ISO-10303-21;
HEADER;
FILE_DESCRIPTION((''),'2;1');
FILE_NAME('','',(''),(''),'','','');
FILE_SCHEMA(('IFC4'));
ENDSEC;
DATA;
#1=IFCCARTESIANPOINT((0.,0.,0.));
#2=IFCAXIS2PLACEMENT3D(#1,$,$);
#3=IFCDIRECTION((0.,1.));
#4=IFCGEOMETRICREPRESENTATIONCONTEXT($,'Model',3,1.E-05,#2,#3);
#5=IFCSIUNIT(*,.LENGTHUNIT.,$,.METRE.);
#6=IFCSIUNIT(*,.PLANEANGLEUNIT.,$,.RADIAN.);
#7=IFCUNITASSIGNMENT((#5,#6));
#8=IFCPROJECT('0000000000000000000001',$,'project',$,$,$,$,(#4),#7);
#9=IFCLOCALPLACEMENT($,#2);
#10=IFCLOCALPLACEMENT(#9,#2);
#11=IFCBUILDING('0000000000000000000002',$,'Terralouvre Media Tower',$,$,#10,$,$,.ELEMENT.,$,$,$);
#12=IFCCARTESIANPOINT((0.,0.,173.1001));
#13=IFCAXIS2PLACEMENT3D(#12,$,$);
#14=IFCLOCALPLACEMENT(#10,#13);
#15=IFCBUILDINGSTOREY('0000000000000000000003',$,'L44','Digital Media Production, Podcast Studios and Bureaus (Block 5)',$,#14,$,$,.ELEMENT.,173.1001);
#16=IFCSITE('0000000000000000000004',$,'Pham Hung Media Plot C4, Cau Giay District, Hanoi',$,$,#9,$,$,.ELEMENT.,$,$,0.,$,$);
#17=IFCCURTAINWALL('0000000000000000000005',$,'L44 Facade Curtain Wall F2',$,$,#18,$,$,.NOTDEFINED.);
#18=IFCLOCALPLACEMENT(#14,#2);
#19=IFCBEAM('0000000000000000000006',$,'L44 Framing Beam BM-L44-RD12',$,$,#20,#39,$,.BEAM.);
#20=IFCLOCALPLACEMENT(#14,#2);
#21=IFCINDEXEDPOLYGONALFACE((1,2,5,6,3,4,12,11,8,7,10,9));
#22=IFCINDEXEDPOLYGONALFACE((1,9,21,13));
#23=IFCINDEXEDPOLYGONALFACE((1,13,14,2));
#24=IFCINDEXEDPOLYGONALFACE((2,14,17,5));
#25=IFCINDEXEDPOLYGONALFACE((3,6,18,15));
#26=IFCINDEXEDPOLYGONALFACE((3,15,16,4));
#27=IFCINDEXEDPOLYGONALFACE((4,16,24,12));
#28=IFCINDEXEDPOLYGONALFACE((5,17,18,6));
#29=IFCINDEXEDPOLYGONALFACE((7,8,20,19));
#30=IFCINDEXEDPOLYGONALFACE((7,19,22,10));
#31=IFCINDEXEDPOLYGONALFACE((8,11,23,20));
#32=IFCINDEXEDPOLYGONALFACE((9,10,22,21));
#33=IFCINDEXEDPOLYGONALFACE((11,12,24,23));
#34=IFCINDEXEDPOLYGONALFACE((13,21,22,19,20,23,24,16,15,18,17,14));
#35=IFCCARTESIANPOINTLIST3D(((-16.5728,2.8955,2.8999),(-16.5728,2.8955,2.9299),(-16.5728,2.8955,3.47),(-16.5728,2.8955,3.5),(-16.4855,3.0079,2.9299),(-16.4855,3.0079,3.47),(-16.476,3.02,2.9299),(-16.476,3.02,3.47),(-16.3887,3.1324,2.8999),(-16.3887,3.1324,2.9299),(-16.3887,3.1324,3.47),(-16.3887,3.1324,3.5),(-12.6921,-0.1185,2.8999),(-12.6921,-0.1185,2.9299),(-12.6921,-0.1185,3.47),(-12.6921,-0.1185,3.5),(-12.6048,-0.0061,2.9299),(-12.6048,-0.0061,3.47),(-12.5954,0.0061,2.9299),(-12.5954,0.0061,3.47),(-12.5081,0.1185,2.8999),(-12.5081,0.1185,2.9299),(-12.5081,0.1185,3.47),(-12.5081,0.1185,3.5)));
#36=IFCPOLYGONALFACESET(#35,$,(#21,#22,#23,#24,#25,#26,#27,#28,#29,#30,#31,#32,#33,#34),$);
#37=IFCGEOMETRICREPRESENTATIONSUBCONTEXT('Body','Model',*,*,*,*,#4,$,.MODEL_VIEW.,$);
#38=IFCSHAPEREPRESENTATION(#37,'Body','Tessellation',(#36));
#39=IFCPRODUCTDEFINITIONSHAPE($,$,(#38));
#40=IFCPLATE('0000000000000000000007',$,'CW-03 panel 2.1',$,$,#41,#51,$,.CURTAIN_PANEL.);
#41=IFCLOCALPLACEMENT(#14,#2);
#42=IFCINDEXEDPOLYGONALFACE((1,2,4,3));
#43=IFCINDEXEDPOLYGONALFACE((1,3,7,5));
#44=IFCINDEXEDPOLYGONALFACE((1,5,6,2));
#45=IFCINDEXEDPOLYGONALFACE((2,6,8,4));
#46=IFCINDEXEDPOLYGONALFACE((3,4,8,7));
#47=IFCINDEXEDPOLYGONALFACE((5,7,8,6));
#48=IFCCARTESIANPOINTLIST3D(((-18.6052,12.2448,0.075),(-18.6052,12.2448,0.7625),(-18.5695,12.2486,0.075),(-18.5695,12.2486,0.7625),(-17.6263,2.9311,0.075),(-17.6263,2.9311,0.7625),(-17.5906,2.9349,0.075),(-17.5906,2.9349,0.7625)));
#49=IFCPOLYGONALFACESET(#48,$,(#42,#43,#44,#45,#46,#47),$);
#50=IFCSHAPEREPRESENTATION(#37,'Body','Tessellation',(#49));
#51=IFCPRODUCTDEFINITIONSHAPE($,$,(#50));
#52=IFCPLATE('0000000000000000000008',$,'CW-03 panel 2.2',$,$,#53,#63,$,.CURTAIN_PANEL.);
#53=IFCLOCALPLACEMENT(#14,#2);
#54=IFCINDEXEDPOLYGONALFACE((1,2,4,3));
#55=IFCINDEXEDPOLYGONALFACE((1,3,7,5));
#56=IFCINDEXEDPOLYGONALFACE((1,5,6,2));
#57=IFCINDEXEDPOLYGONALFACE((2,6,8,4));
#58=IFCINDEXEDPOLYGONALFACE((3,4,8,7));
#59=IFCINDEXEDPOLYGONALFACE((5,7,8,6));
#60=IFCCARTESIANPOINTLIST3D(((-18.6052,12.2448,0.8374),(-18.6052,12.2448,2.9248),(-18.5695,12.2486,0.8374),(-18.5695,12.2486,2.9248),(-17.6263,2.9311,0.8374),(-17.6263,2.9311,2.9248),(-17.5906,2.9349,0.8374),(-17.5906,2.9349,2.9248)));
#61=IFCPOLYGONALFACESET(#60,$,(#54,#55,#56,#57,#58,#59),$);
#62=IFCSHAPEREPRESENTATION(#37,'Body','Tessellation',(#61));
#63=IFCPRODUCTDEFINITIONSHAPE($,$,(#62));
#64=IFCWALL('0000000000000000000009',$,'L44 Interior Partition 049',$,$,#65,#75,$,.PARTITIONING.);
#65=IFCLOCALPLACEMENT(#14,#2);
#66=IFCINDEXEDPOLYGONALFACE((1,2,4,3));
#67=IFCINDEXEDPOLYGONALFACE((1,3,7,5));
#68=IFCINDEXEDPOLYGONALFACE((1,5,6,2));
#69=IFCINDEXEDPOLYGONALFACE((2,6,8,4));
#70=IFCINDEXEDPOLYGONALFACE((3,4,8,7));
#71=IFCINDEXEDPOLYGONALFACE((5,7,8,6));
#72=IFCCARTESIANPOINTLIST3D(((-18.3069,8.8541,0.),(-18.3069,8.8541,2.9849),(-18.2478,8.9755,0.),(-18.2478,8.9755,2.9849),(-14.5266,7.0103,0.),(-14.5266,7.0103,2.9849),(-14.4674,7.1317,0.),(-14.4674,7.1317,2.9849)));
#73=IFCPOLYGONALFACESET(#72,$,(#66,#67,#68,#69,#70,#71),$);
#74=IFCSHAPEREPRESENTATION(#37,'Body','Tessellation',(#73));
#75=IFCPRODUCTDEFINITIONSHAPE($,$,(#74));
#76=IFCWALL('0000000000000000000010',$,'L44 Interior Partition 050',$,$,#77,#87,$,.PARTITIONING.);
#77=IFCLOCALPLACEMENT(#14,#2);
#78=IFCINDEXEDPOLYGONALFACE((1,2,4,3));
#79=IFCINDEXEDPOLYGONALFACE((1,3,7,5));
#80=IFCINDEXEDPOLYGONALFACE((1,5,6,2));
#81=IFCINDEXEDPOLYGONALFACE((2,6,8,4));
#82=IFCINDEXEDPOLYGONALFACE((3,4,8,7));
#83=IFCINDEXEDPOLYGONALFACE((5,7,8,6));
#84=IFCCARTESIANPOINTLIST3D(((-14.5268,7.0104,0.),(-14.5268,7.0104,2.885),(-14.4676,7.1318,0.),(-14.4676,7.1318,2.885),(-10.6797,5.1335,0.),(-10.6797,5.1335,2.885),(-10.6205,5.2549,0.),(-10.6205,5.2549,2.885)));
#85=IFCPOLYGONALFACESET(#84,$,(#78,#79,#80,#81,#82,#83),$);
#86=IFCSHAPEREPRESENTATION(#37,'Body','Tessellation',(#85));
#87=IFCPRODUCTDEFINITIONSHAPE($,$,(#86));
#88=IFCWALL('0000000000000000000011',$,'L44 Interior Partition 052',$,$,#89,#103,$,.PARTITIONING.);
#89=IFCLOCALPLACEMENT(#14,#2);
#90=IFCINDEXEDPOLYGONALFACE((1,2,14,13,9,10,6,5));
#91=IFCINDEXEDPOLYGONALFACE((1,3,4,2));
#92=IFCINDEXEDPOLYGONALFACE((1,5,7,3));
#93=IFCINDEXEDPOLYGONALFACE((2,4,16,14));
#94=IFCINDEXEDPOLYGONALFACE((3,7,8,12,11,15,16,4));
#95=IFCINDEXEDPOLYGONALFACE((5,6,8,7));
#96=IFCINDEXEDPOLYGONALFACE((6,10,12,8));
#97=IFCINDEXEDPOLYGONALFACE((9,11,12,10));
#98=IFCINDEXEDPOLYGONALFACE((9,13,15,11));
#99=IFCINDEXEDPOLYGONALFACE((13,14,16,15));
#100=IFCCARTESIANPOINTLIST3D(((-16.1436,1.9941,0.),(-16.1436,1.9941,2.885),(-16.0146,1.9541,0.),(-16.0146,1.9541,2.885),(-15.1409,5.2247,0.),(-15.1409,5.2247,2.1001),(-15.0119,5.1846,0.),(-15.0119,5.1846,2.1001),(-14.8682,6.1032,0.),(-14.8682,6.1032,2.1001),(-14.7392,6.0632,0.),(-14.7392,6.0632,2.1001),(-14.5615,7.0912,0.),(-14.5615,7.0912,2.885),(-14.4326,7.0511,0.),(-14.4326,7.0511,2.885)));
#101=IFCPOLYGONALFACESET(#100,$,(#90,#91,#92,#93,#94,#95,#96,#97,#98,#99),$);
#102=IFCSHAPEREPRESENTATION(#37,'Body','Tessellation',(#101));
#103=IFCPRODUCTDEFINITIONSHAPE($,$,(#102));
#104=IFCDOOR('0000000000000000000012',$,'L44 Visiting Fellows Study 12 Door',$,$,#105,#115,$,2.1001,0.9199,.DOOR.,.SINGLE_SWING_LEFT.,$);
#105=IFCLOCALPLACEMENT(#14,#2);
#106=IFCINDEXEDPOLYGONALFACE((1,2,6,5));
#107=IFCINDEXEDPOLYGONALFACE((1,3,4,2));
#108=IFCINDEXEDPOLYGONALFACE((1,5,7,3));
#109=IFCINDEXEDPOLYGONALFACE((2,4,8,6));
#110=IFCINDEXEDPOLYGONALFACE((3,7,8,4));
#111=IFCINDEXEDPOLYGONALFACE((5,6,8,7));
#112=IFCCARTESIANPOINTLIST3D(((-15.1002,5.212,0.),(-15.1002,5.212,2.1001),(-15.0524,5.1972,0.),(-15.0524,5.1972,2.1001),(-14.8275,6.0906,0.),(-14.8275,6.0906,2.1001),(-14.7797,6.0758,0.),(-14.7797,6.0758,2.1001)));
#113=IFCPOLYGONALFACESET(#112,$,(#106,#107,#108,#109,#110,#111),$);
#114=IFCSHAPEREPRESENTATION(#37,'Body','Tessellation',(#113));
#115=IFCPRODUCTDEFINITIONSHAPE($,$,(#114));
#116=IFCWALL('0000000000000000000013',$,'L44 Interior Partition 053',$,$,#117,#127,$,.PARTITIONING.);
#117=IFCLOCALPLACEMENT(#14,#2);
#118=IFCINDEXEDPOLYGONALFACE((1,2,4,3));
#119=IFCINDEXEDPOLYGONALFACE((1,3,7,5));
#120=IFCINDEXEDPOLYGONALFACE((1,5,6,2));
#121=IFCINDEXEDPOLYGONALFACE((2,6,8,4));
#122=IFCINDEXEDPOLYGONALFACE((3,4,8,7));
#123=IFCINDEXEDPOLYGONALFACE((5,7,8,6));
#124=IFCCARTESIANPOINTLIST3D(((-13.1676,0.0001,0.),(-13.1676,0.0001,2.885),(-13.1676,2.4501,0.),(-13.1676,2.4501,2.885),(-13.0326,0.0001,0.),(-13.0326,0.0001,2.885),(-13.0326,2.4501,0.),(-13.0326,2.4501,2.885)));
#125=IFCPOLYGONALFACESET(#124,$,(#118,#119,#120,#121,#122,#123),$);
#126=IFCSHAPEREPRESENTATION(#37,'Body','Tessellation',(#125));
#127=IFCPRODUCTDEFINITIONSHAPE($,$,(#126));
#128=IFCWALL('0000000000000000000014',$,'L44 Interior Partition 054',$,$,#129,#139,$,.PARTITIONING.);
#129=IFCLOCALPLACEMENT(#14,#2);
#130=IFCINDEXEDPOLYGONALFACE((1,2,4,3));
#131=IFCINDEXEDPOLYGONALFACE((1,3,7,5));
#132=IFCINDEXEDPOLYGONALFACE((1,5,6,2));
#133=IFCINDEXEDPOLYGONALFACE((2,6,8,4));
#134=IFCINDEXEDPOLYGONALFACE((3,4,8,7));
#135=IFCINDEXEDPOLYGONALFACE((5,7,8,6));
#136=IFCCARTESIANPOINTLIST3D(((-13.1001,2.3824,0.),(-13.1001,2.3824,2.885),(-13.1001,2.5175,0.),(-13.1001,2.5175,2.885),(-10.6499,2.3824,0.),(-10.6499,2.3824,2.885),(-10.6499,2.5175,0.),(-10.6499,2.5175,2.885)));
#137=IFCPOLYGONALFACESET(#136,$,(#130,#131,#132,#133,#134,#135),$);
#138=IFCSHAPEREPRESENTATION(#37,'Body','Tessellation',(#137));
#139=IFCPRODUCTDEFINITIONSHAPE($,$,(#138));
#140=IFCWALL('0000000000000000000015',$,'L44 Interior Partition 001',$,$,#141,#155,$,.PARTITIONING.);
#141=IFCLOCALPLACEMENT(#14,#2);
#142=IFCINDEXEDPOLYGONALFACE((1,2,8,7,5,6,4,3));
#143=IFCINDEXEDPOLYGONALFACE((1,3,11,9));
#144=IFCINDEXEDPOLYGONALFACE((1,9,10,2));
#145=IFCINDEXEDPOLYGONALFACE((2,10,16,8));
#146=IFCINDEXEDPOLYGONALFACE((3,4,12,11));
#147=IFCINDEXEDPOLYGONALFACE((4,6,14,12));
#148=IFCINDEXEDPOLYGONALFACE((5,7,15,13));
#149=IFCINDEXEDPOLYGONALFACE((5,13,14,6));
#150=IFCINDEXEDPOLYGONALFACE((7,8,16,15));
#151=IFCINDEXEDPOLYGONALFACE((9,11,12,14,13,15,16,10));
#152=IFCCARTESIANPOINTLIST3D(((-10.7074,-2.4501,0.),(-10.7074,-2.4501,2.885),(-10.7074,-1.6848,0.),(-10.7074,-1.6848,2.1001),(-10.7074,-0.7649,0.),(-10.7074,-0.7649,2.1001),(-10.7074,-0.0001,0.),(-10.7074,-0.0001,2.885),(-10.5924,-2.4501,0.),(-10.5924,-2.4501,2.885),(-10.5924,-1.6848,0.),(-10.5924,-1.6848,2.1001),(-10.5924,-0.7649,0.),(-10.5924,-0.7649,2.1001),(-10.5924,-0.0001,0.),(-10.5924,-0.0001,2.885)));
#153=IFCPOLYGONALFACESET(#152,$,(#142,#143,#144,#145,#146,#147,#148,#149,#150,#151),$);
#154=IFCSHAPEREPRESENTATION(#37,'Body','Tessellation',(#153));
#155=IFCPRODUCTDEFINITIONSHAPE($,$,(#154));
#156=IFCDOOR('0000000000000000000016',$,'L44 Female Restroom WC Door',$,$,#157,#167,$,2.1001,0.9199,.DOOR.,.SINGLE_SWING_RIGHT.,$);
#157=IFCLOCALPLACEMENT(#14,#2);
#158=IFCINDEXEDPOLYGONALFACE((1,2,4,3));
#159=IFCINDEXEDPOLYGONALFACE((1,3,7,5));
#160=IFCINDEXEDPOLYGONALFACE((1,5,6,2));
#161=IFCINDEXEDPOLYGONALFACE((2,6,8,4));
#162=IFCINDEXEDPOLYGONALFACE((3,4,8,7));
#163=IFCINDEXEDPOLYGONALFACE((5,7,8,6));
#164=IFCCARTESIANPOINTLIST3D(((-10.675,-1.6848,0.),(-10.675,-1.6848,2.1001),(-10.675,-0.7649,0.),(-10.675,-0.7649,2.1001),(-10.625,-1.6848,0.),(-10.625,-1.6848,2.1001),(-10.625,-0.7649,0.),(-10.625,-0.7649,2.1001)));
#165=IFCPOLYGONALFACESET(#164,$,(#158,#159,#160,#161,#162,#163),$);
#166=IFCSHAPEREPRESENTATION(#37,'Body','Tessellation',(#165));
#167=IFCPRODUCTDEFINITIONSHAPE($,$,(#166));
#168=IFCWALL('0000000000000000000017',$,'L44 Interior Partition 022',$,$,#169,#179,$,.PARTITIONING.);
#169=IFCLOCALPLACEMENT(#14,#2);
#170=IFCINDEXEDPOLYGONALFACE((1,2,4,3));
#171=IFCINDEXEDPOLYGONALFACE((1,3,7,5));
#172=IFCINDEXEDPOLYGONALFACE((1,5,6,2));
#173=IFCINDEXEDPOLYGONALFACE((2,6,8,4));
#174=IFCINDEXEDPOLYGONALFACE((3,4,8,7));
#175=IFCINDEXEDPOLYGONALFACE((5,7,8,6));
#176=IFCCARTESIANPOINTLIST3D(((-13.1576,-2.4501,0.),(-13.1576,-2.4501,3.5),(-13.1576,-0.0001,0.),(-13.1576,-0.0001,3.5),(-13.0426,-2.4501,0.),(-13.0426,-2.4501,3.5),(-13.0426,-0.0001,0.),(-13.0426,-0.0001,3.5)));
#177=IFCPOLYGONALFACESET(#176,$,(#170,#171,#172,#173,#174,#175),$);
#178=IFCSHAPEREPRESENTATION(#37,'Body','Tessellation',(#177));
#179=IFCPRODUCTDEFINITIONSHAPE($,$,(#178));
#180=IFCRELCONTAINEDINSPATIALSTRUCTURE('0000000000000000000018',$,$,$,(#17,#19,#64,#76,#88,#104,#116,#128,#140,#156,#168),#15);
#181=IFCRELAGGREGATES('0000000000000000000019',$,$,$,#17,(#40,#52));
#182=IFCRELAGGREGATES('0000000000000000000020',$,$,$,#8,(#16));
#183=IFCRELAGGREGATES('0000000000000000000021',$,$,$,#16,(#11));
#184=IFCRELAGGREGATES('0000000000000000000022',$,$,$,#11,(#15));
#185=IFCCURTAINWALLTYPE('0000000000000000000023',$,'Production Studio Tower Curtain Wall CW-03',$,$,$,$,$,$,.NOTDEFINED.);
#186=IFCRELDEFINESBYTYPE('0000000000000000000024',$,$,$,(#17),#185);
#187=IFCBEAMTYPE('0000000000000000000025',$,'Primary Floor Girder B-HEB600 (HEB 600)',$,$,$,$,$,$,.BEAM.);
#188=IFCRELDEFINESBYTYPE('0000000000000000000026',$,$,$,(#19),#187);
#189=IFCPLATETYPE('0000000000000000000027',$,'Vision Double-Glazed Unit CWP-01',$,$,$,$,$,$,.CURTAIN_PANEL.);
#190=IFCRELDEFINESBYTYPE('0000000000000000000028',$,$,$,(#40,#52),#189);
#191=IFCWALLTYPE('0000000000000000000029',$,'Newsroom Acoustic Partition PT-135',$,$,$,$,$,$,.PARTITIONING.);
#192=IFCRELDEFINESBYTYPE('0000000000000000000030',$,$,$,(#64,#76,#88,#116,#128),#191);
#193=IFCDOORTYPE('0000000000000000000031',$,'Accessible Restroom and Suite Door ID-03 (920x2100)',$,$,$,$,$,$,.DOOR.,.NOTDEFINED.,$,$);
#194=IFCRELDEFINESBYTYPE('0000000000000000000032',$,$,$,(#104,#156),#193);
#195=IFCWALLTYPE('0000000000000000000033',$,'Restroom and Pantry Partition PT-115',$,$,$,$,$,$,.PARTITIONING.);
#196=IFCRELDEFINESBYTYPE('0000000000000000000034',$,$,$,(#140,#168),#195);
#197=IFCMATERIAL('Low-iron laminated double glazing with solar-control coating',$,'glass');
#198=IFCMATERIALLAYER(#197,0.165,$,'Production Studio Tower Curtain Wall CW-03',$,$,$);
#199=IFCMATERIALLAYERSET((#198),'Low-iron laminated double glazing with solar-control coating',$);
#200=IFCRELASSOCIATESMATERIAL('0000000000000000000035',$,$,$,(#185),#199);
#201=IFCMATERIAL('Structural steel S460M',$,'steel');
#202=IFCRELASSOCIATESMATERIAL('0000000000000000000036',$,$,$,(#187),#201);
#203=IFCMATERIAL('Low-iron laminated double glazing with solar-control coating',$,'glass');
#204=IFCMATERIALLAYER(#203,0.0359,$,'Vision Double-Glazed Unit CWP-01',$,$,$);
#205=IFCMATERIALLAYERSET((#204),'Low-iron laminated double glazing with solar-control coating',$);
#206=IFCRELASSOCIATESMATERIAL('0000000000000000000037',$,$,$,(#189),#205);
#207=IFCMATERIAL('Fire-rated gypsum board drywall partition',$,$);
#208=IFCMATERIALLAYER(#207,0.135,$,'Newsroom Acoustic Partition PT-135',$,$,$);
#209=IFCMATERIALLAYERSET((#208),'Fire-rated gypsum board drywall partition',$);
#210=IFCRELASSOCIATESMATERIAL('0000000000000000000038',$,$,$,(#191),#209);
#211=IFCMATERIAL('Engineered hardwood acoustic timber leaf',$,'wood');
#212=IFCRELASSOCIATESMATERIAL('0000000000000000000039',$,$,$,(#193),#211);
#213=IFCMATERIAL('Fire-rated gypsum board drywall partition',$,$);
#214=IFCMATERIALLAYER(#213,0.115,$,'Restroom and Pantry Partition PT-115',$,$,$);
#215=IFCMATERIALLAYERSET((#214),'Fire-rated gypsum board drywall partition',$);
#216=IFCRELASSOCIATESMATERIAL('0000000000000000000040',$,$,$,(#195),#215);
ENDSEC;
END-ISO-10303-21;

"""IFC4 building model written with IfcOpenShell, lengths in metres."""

from ifc_helpers import new_model, si_unit, direction, frame, frame_2d, origin, origin_2d, place, context, subcontext, project, spatial, rectangle, i_section, extrude, material, layer, layer_set, material_profile, profile_set, type_object, element, fill, aggregate, save


model = new_model("IFC4")

# Units and contexts
model_context = context("Model", 3, precision=1e-05, world=origin(), true_north=direction((0.0, 1.0)))
body_context = subcontext(model_context, "Body", "Model", "MODEL_VIEW")
ifc_project = project(units=[si_unit("LENGTHUNIT", "METRE"), si_unit("PLANEANGLEUNIT", "RADIAN")], contexts=[model_context])

# Site, building, storey
site_placement = place(None, origin())
site = spatial("IfcSite", under=ifc_project, at=site_placement, Name="Pham Hung Media Plot C4, Cau Giay District, Hanoi", CompositionType="ELEMENT", RefElevation=0.0)
building_placement = place(site_placement, origin())
building = spatial("IfcBuilding", under=site, at=building_placement, Name="Terralouvre Media Tower", CompositionType="ELEMENT")
storey_placement = place(building_placement, frame((0.0, 0.0, 173.1001)))
storey = spatial("IfcBuildingStorey", under=building, at=storey_placement, Name="L44", Description="Digital Media Production, Podcast Studios and Bureaus (Block 5)", CompositionType="ELEMENT", Elevation=173.1001)

# Curtain wall
ifc_material_1 = material(Name="Low-iron laminated double glazing with solar-control coating", Category="glass")
ifc_layer_1 = layer(ifc_material_1, 0.165, Name="Production Studio Tower Curtain Wall CW-03")
ifc_layer_set_1 = layer_set([ifc_layer_1], Name="Low-iron laminated double glazing with solar-control coating")
curtain_wall_type = type_object("IfcCurtainWallType", Name="Production Studio Tower Curtain Wall CW-03", PredefinedType="NOTDEFINED", material=ifc_layer_set_1)
curtain_wall_placement = place(storey_placement, origin())
curtain_wall = element("IfcCurtainWall", 1, at=curtain_wall_placement, inside=storey, type_object=curtain_wall_type, Name="L44 Facade Curtain Wall F2", PredefinedType="NOTDEFINED")

# Beam
ifc_material_2 = material(Name="Structural steel S460M", Category="steel")
ifc_material_profile_1 = material_profile(ifc_material_2, i_section(OverallWidth=0.3, OverallDepth=0.6001, WebThickness=0.0154, FlangeThickness=0.03, at=origin_2d()), Name="HEB 600")
ifc_profile_set_1 = profile_set([ifc_material_profile_1], Name="Structural steel S460M")
beam_type_1 = type_object("IfcBeamType", Name="Primary Floor Girder B-HEB600 (HEB 600)", PredefinedType="BEAM", material=ifc_profile_set_1)
beam_1_placement = place(storey_placement, frame((-12.6001, 0.0, 3.2), z_axis=(-0.78978, 0.61339, 0.0), x_axis=(-0.61339, -0.78978, 0.0)))
element("IfcBeam", 2, at=beam_1_placement, inside=storey, type_object=beam_type_1, Name="L44 Framing Beam BM-L44-RD12", PredefinedType="BEAM", context=body_context, shape_type="SweptSolid", body=[
    extrude(i_section(OverallWidth=0.3, OverallDepth=0.6001, WebThickness=0.0154, FlangeThickness=0.03, at=origin_2d()), origin(), (0.0, 0.0, 1.0), 4.9136),
])

# Plates
ifc_material_3 = material(Name="Low-iron laminated double glazing with solar-control coating", Category="glass")
ifc_layer_2 = layer(ifc_material_3, 0.0359, Name="Vision Double-Glazed Unit CWP-01")
ifc_layer_set_2 = layer_set([ifc_layer_2], Name="Low-iron laminated double glazing with solar-control coating")
plate_type = type_object("IfcPlateType", Name="Vision Double-Glazed Unit CWP-01", PredefinedType="CURTAIN_PANEL", material=ifc_layer_set_2)
plate_1_placement = place(storey_placement, frame((-18.0979, 7.5898, 0.075), z_axis=(0.0, 0.0, 1.0), x_axis=(0.104528, -0.994522, 0.0)))
plate_1 = element("IfcPlate", 3, at=plate_1_placement, type_object=plate_type, Name="CW-03 panel 2.1", PredefinedType="CURTAIN_PANEL", context=body_context, shape_type="SweptSolid", body=[
    extrude(rectangle(XDim=9.365, YDim=0.0359, at=origin_2d()), origin(), (0.0, 0.0, 1.0), 0.6875),
])
plate_2_placement = place(storey_placement, frame((-18.0979, 7.5898, 0.8374), z_axis=(0.0, 0.0, 1.0), x_axis=(0.104528, -0.994522, 0.0)))
plate_2 = element("IfcPlate", 4, at=plate_2_placement, type_object=plate_type, Name="CW-03 panel 2.2", PredefinedType="CURTAIN_PANEL", context=body_context, shape_type="SweptSolid", body=[
    extrude(rectangle(XDim=9.365, YDim=0.0359, at=origin_2d()), origin(), (0.0, 0.0, 1.0), 2.0874),
])
aggregate(curtain_wall, [plate_1, plate_2])

# Walls
ifc_material_4 = material(Name="Fire-rated gypsum board drywall partition")
ifc_layer_3 = layer(ifc_material_4, 0.135, Name="Newsroom Acoustic Partition PT-135")
ifc_layer_set_3 = layer_set([ifc_layer_3], Name="Fire-rated gypsum board drywall partition")
wall_type_1 = type_object("IfcWallType", Name="Newsroom Acoustic Partition PT-135", PredefinedType="PARTITIONING", material=ifc_layer_set_3)
wall_1_placement = place(storey_placement, frame((-18.2773, 8.9148, 0.0), z_axis=(0.0, 0.0, 1.0), x_axis=(0.898795, -0.438369, 0.0)))
element("IfcWall", 5, at=wall_1_placement, inside=storey, type_object=wall_type_1, Name="L44 Interior Partition 049", PredefinedType="PARTITIONING", context=body_context, shape_type="SweptSolid", body=[
    extrude(rectangle(XDim=4.2061, YDim=0.135, at=frame_2d((2.103, 0.0))), origin(), (0.0, 0.0, 1.0), 2.9849),
])
wall_2_placement = place(storey_placement, frame((-14.4971, 7.071, 0.0), z_axis=(0.0, 0.0, 1.0), x_axis=(0.898742, -0.438478, 0.0)))
element("IfcWall", 6, at=wall_2_placement, inside=storey, type_object=wall_type_1, Name="L44 Interior Partition 050", PredefinedType="PARTITIONING", context=body_context, shape_type="SweptSolid", body=[
    extrude(rectangle(XDim=4.2805, YDim=0.135, at=frame_2d((2.1401, 0.0))), origin(), (0.0, 0.0, 1.0), 2.885),
])

# Wall, opening, door
wall_3_placement = place(storey_placement, frame((-16.0791, 1.9741, 0.0), z_axis=(0.0, 0.0, 1.0), x_axis=(0.296438, 0.955052, 0.0)))
wall_3 = element("IfcWall", 7, at=wall_3_placement, inside=storey, type_object=wall_type_1, Name="L44 Interior Partition 052", PredefinedType="PARTITIONING", context=body_context, shape_type="SweptSolid", body=[
    extrude(rectangle(XDim=5.3369, YDim=0.135, at=frame_2d((2.6685, 0.0))), origin(), (0.0, 0.0, 1.0), 2.885),
])
opening_1_placement = place(wall_3_placement, frame((3.3826, 0.0, 0.0)))
opening_1 = element("IfcOpeningElement", 8, at=opening_1_placement, cuts=wall_3, PredefinedType="OPENING", context=body_context, shape_type="SweptSolid", body=[
    extrude(rectangle(XDim=0.9199, YDim=2.1001, at=frame_2d((0.46, 1.05))), frame((0.0, 0.0774, 0.0), z_axis=(0.0, -1.0, 0.0), x_axis=(1.0, 0.0, 0.0)), (0.0, 0.0, 1.0), 0.155),
])
ifc_material_5 = material(Name="Engineered hardwood acoustic timber leaf", Category="wood")
door_type = type_object("IfcDoorType", Name="Accessible Restroom and Suite Door ID-03 (920x2100)", OperationType="NOTDEFINED", PredefinedType="DOOR", material=ifc_material_5)
door_1_placement = place(opening_1_placement, origin())
door_1 = element("IfcDoor", 9, at=door_1_placement, inside=storey, type_object=door_type, Name="L44 Visiting Fellows Study 12 Door", OperationType="SINGLE_SWING_LEFT", OverallHeight=2.1001, OverallWidth=0.9199, PredefinedType="DOOR", context=body_context, shape_type="SweptSolid", body=[
    extrude(rectangle(XDim=0.9199, YDim=2.1001, at=frame_2d((0.46, 1.05))), frame((0.0, 0.0249, 0.0), z_axis=(0.0, -1.0, 0.0), x_axis=(1.0, 0.0, 0.0)), (0.0, 0.0, 1.0), 0.05),
])
fill(opening_1, door_1)

# Walls
wall_4_placement = place(storey_placement, frame((-13.1001, 0.0, 0.0), z_axis=(0.0, 0.0, 1.0), x_axis=(0.0, 1.0, 0.0)))
element("IfcWall", 10, at=wall_4_placement, inside=storey, type_object=wall_type_1, Name="L44 Interior Partition 053", PredefinedType="PARTITIONING", context=body_context, shape_type="SweptSolid", body=[
    extrude(rectangle(XDim=2.45, YDim=0.135, at=frame_2d((1.2251, 0.0))), origin(), (0.0, 0.0, 1.0), 2.885),
])
wall_5_placement = place(storey_placement, frame((-13.1001, 2.45, 0.0), z_axis=(0.0, 0.0, 1.0), x_axis=(1.0, 0.0, 0.0)))
element("IfcWall", 11, at=wall_5_placement, inside=storey, type_object=wall_type_1, Name="L44 Interior Partition 054", PredefinedType="PARTITIONING", context=body_context, shape_type="SweptSolid", body=[
    extrude(rectangle(XDim=2.4502, YDim=0.135, at=frame_2d((1.2251, 0.0))), origin(), (0.0, 0.0, 1.0), 2.885),
])

# Wall, opening, door
ifc_material_6 = material(Name="Fire-rated gypsum board drywall partition")
ifc_layer_4 = layer(ifc_material_6, 0.115, Name="Restroom and Pantry Partition PT-115")
ifc_layer_set_4 = layer_set([ifc_layer_4], Name="Fire-rated gypsum board drywall partition")
wall_type_2 = type_object("IfcWallType", Name="Restroom and Pantry Partition PT-115", PredefinedType="PARTITIONING", material=ifc_layer_set_4)
wall_6_placement = place(storey_placement, frame((-10.6499, 0.0, 0.0), z_axis=(0.0, 0.0, 1.0), x_axis=(0.0, -1.0, 0.0)))
wall_6 = element("IfcWall", 12, at=wall_6_placement, inside=storey, type_object=wall_type_2, Name="L44 Interior Partition 001", PredefinedType="PARTITIONING", context=body_context, shape_type="SweptSolid", body=[
    extrude(rectangle(XDim=2.45, YDim=0.115, at=frame_2d((1.2251, 0.0))), origin(), (0.0, 0.0, 1.0), 2.885),
])
opening_2_placement = place(wall_6_placement, frame((0.7649, 0.0, 0.0)))
opening_2 = element("IfcOpeningElement", 13, at=opening_2_placement, cuts=wall_6, PredefinedType="OPENING", context=body_context, shape_type="SweptSolid", body=[
    extrude(rectangle(XDim=0.9199, YDim=2.1001, at=frame_2d((0.46, 1.05))), frame((0.0, 0.0674, 0.0), z_axis=(0.0, -1.0, 0.0), x_axis=(1.0, 0.0, 0.0)), (0.0, 0.0, 1.0), 0.135),
])
door_2_placement = place(opening_2_placement, origin())
door_2 = element("IfcDoor", 14, at=door_2_placement, inside=storey, type_object=door_type, Name="L44 Female Restroom WC Door", OperationType="SINGLE_SWING_RIGHT", OverallHeight=2.1001, OverallWidth=0.9199, PredefinedType="DOOR", context=body_context, shape_type="SweptSolid", body=[
    extrude(rectangle(XDim=0.9199, YDim=2.1001, at=frame_2d((0.46, 1.05))), frame((0.0, 0.0249, 0.0), z_axis=(0.0, -1.0, 0.0), x_axis=(1.0, 0.0, 0.0)), (0.0, 0.0, 1.0), 0.05),
])
fill(opening_2, door_2)

# Wall
wall_7_placement = place(storey_placement, frame((-13.1001, 0.0, 0.0), z_axis=(0.0, 0.0, 1.0), x_axis=(0.0, -1.0, 0.0)))
element("IfcWall", 15, at=wall_7_placement, inside=storey, type_object=wall_type_2, Name="L44 Interior Partition 022", PredefinedType="PARTITIONING", context=body_context, shape_type="SweptSolid", body=[
    extrude(rectangle(XDim=2.45, YDim=0.115, at=frame_2d((1.2251, 0.0))), origin(), (0.0, 0.0, 1.0), 3.5),
])

save(model, "model.ifc")
